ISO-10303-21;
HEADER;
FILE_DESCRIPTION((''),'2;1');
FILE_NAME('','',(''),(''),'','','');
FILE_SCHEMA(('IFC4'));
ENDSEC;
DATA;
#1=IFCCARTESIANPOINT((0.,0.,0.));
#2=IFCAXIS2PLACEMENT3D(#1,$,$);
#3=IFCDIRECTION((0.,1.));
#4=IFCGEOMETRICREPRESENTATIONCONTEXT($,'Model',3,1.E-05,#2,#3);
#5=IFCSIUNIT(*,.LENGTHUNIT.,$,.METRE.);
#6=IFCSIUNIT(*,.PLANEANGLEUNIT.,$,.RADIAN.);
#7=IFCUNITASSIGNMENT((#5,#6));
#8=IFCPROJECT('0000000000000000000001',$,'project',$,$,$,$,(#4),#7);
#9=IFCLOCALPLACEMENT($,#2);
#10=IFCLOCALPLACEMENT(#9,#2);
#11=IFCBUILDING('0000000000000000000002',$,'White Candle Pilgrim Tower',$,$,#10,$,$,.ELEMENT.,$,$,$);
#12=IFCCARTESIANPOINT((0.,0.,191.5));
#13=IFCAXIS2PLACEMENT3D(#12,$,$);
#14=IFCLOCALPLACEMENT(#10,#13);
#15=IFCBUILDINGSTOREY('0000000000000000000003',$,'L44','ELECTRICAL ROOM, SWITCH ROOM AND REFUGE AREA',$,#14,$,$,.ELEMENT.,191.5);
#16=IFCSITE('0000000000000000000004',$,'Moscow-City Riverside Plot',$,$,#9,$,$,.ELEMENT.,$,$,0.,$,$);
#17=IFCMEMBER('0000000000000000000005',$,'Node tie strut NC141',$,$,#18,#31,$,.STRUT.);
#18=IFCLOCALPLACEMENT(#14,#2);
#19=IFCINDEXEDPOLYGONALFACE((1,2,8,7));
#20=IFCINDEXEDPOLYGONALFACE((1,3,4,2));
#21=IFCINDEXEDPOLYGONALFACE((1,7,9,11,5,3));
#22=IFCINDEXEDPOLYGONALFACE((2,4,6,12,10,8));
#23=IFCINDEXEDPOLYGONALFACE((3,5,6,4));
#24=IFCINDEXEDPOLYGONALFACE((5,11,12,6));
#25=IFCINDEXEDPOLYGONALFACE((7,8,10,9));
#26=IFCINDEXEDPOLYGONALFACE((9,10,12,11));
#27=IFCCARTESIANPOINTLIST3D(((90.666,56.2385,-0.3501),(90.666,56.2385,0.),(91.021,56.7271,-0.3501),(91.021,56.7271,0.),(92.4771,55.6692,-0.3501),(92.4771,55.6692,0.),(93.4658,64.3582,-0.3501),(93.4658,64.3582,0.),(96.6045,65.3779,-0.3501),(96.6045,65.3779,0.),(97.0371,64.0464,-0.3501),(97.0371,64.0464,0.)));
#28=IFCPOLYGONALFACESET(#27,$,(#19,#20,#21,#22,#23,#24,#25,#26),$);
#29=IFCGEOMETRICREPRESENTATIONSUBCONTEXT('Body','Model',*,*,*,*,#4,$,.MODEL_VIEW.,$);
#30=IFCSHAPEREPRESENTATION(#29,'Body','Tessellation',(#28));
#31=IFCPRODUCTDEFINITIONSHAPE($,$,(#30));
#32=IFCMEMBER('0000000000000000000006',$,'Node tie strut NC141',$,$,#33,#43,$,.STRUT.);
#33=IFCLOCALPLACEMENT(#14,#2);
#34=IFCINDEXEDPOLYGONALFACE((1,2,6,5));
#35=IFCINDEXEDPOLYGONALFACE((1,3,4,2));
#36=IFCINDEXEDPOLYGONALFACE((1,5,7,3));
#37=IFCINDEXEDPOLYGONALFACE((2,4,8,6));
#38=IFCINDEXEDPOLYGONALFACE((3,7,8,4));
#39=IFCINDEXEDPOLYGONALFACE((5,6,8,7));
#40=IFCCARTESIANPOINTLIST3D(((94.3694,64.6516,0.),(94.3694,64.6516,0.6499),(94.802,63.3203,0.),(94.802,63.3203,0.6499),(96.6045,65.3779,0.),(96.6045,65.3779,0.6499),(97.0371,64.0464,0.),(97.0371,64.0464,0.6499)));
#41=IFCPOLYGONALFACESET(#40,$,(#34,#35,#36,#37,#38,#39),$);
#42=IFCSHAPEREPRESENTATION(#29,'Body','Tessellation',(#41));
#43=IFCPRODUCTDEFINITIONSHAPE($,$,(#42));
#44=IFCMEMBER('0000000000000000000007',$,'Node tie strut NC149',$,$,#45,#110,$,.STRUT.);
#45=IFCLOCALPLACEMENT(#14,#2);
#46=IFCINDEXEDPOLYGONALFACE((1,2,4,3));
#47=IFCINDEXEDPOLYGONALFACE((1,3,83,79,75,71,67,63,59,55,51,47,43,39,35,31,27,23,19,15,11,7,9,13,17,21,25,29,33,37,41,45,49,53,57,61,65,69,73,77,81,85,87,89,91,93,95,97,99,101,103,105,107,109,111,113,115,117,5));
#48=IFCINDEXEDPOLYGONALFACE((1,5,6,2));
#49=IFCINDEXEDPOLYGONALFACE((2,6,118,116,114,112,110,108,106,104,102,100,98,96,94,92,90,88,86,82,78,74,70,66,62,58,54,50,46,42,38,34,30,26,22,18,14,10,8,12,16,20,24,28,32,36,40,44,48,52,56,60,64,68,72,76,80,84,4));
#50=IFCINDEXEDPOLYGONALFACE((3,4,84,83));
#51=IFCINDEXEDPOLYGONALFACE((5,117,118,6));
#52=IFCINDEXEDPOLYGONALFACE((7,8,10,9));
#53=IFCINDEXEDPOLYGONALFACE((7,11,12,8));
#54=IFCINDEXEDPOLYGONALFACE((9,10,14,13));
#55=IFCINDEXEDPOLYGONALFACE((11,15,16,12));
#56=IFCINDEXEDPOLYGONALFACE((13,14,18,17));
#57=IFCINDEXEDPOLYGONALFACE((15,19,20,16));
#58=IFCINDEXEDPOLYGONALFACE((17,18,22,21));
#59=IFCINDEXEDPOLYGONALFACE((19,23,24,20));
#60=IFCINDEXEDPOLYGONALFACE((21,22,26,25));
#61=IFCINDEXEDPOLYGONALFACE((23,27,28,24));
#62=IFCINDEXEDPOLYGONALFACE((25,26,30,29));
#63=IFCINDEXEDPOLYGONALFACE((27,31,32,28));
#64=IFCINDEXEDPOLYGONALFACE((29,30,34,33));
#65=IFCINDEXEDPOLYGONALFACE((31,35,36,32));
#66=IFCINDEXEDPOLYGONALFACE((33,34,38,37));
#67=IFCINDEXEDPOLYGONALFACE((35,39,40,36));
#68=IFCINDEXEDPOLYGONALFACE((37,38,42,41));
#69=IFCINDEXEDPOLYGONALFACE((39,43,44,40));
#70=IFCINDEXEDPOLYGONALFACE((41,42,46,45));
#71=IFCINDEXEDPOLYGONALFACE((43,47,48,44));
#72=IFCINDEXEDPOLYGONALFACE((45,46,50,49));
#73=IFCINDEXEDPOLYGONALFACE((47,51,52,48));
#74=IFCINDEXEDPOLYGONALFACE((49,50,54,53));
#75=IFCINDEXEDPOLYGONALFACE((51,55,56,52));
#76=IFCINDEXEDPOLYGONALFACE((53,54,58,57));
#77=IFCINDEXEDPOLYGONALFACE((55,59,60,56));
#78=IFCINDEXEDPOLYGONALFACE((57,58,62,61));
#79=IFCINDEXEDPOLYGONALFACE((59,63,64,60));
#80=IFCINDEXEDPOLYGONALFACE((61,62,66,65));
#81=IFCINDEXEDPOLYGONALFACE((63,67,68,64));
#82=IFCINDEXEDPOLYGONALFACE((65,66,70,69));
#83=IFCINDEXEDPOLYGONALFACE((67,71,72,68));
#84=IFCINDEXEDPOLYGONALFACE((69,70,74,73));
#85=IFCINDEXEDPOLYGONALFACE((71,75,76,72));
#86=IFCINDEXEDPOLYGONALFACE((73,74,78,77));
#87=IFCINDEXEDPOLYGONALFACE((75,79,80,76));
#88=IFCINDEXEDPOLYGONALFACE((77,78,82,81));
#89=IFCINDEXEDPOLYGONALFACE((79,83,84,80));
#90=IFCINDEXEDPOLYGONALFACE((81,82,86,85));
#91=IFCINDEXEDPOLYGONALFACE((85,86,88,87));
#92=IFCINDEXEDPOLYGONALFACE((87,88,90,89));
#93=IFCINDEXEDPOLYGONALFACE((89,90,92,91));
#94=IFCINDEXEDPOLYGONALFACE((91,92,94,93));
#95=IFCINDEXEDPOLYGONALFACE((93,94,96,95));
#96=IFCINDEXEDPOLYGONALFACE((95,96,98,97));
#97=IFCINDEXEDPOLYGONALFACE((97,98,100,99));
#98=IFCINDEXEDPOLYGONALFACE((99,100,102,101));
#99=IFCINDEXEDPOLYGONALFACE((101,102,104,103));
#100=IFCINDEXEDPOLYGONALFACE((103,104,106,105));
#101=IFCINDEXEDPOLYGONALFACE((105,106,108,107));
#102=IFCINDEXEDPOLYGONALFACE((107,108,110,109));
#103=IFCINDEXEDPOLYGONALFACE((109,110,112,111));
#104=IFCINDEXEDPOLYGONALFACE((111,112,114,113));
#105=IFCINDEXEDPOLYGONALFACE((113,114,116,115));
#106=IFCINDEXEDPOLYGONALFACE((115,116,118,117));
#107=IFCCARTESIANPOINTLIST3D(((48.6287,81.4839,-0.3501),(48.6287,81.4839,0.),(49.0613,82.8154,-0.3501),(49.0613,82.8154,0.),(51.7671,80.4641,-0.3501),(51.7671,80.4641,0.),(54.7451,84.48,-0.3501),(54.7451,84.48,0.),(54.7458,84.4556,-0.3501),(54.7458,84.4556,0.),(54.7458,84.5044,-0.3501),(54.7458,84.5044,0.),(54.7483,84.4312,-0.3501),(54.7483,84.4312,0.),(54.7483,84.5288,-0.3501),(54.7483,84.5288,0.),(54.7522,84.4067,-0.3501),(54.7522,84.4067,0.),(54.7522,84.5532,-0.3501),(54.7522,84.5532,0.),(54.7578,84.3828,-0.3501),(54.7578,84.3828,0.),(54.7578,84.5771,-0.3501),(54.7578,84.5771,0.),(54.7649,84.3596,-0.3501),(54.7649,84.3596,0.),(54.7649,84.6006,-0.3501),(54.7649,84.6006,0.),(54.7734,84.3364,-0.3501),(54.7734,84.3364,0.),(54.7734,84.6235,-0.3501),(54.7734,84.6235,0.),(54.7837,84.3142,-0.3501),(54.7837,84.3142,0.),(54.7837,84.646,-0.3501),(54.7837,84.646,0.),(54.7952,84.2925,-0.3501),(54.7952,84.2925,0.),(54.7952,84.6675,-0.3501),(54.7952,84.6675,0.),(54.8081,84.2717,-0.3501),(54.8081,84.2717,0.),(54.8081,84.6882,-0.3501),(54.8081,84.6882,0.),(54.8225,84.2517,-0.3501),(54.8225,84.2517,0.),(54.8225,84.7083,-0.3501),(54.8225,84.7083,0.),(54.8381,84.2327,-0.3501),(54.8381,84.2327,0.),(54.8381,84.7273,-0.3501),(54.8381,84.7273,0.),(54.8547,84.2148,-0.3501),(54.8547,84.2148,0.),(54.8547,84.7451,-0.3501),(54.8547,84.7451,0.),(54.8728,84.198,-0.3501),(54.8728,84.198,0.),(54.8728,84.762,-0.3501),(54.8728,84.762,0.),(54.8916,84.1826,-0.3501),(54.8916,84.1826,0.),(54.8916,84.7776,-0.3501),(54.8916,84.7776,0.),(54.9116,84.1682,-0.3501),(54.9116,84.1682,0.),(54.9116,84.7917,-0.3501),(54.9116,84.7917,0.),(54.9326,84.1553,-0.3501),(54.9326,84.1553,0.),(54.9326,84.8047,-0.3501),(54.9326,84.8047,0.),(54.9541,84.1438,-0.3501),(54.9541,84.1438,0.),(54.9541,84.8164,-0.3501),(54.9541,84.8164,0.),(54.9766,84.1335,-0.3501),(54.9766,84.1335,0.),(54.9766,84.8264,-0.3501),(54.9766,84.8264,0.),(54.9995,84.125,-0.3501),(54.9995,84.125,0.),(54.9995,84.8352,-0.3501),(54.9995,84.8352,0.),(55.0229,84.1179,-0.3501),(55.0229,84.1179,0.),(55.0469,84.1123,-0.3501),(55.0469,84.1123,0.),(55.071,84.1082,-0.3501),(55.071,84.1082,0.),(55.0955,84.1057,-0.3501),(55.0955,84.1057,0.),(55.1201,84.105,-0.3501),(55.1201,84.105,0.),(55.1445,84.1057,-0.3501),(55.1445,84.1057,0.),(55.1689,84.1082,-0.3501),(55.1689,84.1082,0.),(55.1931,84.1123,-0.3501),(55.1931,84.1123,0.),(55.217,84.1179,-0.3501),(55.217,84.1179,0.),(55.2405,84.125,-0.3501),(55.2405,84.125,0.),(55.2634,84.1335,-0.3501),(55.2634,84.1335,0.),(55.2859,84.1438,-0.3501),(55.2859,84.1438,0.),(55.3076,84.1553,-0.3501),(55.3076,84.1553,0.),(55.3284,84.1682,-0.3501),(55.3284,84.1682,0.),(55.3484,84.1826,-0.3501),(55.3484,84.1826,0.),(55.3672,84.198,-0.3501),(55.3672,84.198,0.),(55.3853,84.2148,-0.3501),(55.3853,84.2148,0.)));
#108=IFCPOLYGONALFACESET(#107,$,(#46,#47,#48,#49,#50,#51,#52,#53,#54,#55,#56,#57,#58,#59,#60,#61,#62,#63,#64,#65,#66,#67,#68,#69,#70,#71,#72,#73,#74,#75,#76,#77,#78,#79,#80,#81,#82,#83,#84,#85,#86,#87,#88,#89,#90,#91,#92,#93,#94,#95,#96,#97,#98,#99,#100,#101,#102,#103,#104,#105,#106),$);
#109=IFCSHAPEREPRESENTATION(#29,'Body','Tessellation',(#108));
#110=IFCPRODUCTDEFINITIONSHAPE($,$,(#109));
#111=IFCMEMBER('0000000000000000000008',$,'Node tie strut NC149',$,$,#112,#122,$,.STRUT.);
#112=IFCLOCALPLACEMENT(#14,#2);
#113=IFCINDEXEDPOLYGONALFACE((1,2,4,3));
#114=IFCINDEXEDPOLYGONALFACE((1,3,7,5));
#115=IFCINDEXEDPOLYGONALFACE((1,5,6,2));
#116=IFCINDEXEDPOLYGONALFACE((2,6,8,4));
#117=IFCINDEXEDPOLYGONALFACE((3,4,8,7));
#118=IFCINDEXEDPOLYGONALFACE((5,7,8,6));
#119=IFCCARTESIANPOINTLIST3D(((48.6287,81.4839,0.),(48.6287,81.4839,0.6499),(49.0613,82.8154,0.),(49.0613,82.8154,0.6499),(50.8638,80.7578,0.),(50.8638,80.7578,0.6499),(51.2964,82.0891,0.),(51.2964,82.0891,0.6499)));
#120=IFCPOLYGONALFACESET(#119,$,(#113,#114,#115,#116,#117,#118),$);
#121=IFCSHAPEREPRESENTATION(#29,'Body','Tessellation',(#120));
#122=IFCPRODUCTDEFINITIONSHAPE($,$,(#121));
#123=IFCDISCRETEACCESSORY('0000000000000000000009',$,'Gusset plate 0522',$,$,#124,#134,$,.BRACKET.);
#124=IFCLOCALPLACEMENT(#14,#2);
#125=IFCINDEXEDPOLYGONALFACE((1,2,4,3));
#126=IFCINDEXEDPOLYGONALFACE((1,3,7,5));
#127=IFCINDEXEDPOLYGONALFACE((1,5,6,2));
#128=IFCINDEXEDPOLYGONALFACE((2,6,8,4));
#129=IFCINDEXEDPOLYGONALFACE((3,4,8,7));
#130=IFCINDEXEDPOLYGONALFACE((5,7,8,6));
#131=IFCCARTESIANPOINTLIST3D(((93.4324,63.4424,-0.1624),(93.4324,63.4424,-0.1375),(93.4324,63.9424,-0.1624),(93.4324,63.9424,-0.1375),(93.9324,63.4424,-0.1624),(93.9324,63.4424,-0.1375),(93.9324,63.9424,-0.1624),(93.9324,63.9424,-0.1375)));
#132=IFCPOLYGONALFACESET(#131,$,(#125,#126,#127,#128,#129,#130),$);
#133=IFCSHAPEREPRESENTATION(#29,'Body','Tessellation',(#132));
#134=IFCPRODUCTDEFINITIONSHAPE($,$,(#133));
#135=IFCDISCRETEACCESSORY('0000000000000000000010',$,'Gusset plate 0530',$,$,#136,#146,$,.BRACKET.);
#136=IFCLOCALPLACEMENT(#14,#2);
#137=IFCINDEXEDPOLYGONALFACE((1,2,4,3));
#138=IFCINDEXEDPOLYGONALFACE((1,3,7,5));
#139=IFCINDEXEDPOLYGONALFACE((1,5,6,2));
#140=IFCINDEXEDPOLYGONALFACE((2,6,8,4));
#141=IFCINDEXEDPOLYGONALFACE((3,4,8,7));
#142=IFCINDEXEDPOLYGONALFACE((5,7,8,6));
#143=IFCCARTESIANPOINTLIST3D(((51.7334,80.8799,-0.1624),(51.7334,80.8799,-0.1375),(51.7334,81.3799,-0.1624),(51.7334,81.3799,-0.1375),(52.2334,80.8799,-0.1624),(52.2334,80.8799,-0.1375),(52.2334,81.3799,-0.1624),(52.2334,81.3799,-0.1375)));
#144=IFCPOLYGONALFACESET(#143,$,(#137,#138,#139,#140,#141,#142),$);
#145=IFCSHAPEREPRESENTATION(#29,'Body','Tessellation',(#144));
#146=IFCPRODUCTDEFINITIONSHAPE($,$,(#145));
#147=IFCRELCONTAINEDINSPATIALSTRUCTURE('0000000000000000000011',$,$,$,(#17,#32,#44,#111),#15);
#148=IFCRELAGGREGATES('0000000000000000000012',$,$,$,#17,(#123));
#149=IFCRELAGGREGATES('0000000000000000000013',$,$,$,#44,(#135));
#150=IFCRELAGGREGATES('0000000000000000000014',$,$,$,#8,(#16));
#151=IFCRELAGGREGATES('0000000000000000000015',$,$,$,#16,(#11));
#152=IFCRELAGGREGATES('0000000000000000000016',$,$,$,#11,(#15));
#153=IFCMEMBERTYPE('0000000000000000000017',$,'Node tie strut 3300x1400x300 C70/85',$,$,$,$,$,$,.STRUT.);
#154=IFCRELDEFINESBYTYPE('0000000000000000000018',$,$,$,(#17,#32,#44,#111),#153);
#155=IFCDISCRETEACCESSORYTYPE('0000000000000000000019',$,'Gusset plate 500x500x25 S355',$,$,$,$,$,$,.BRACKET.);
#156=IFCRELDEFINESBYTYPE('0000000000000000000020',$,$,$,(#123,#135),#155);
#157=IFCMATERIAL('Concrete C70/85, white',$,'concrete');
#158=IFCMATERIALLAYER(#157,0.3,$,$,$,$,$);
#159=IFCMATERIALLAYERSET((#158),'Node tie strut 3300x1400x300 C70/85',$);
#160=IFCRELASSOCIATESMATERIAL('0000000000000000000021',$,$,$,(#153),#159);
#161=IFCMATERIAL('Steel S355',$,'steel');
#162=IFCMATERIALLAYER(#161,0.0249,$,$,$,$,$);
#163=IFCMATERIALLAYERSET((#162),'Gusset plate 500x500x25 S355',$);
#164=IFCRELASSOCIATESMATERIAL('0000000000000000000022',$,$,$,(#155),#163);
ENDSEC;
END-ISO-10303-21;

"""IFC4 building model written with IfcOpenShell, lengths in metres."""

from ifc_helpers import new_model, si_unit, direction, frame, origin, origin_2d, place, context, subcontext, project, spatial, polyline, rectangle, outline, extrude, material, layer, layer_set, type_object, element, aggregate, save


model = new_model("IFC4")

# Units and contexts
model_context = context("Model", 3, precision=1e-05, world=origin(), true_north=direction((0.0, 1.0)))
body_context = subcontext(model_context, "Body", "Model", "MODEL_VIEW")
ifc_project = project(units=[si_unit("LENGTHUNIT", "METRE"), si_unit("PLANEANGLEUNIT", "RADIAN")], contexts=[model_context])

# Site, building, storey
site_placement = place(None, origin())
site = spatial("IfcSite", under=ifc_project, at=site_placement, Name="Moscow-City Riverside Plot", CompositionType="ELEMENT", RefElevation=0.0)
building_placement = place(site_placement, origin())
building = spatial("IfcBuilding", under=site, at=building_placement, Name="White Candle Pilgrim Tower", CompositionType="ELEMENT")
storey_placement = place(building_placement, frame((0.0, 0.0, 191.5)))
storey = spatial("IfcBuildingStorey", under=building, at=storey_placement, Name="L44", Description="ELECTRICAL ROOM, SWITCH ROOM AND REFUGE AREA", CompositionType="ELEMENT", Elevation=191.5)

# Members
ifc_material_1 = material(Name="Concrete C70/85, white", Category="concrete")
ifc_layer_1 = layer(ifc_material_1, 0.3)
ifc_layer_set_1 = layer_set([ifc_layer_1], Name="Node tie strut 3300x1400x300 C70/85")
member_type_1 = type_object("IfcMemberType", Name="Node tie strut 3300x1400x300 C70/85", PredefinedType="STRUT", material=ifc_layer_set_1)
member_1_placement = place(storey_placement, frame((0.0, 0.0, -0.3501)))
member_1 = element("IfcMember", 1, at=member_1_placement, inside=storey, type_object=member_type_1, Name="Node tie strut NC141", PredefinedType="STRUT", context=body_context, shape_type="SweptSolid", body=[
    extrude(outline(polyline([(92.4771, 55.6692), (97.0371, 64.0464), (96.6045, 65.3779), (93.4658, 64.3582), (90.666, 56.2385), (91.021, 56.7271), (92.4771, 55.6692)])), origin(), (0.0, 0.0, 1.0), 0.3501),
])
member_2_placement = place(storey_placement, origin())
element("IfcMember", 2, at=member_2_placement, inside=storey, type_object=member_type_1, Name="Node tie strut NC141", PredefinedType="STRUT", context=body_context, shape_type="SweptSolid", body=[
    extrude(outline(polyline([(94.802, 63.3203), (97.0371, 64.0464), (96.6045, 65.3779), (94.3694, 64.6516), (94.802, 63.3203)])), origin(), (0.0, 0.0, 1.0), 0.6499),
])
member_3_placement = place(storey_placement, frame((0.0, 0.0, -0.3501)))
member_3 = element("IfcMember", 3, at=member_3_placement, inside=storey, type_object=member_type_1, Name="Node tie strut NC149", PredefinedType="STRUT", context=body_context, shape_type="SweptSolid", body=[
    extrude(outline(polyline([(51.7671, 80.4641), (55.3853, 84.2148), (55.3672, 84.198), (55.3484, 84.1826), (55.3284, 84.1682), (55.3076, 84.1553), (55.2859, 84.1438), (55.2634, 84.1335), (55.2405, 84.125), (55.217, 84.1179), (55.1931, 84.1123), (55.1689, 84.1082), (55.1445, 84.1057), (55.1201, 84.105), (55.0955, 84.1057), (55.071, 84.1082), (55.0469, 84.1123), (55.0229, 84.1179), (54.9995, 84.125), (54.9766, 84.1335), (54.9541, 84.1438), (54.9326, 84.1553), (54.9116, 84.1682), (54.8916, 84.1826), (54.8728, 84.198), (54.8547, 84.2148), (54.8381, 84.2327), (54.8225, 84.2517), (54.8081, 84.2717), (54.7952, 84.2925), (54.7837, 84.3142), (54.7734, 84.3364), (54.7649, 84.3596), (54.7578, 84.3828), (54.7522, 84.4067), (54.7483, 84.4312), (54.7458, 84.4556), (54.7451, 84.48), (54.7458, 84.5044), (54.7483, 84.5288), (54.7522, 84.5532), (54.7578, 84.5771), (54.7649, 84.6006), (54.7734, 84.6235), (54.7837, 84.646), (54.7952, 84.6675), (54.8081, 84.6882), (54.8225, 84.7083), (54.8381, 84.7273), (54.8547, 84.7451), (54.8728, 84.762), (54.8916, 84.7776), (54.9116, 84.7917), (54.9326, 84.8047), (54.9541, 84.8164), (54.9766, 84.8264), (54.9995, 84.8352), (49.0613, 82.8154), (48.6287, 81.4839), (51.7671, 80.4641)])), origin(), (0.0, 0.0, 1.0), 0.3501),
])
member_4_placement = place(storey_placement, origin())
element("IfcMember", 4, at=member_4_placement, inside=storey, type_object=member_type_1, Name="Node tie strut NC149", PredefinedType="STRUT", context=body_context, shape_type="SweptSolid", body=[
    extrude(outline(polyline([(50.8638, 80.7578), (51.2964, 82.0891), (49.0613, 82.8154), (48.6287, 81.4839), (50.8638, 80.7578)])), origin(), (0.0, 0.0, 1.0), 0.6499),
])

# Discrete accessories
ifc_material_2 = material(Name="Steel S355", Category="steel")
ifc_layer_2 = layer(ifc_material_2, 0.0249)
ifc_layer_set_2 = layer_set([ifc_layer_2], Name="Gusset plate 500x500x25 S355")
discrete_accessory_type = type_object("IfcDiscreteAccessoryType", Name="Gusset plate 500x500x25 S355", PredefinedType="BRACKET", material=ifc_layer_set_2)
discrete_accessory_1_placement = place(storey_placement, frame((93.6824, 63.6924, -0.1624), z_axis=(0.0, 0.0, 1.0), x_axis=(1.0, 0.0, 0.0)))
discrete_accessory_1 = element("IfcDiscreteAccessory", 5, at=discrete_accessory_1_placement, type_object=discrete_accessory_type, Name="Gusset plate 0522", PredefinedType="BRACKET", context=body_context, shape_type="SweptSolid", body=[
    extrude(rectangle(XDim=0.5, YDim=0.5, at=origin_2d()), origin(), (0.0, 0.0, 1.0), 0.0249),
])
aggregate(member_1, [discrete_accessory_1])
discrete_accessory_2_placement = place(storey_placement, frame((51.9834, 81.1299, -0.1624), z_axis=(0.0, 0.0, 1.0), x_axis=(1.0, 0.0, 0.0)))
discrete_accessory_2 = element("IfcDiscreteAccessory", 6, at=discrete_accessory_2_placement, type_object=discrete_accessory_type, Name="Gusset plate 0530", PredefinedType="BRACKET", context=body_context, shape_type="SweptSolid", body=[
    extrude(rectangle(XDim=0.5, YDim=0.5, at=origin_2d()), origin(), (0.0, 0.0, 1.0), 0.0249),
])
aggregate(member_3, [discrete_accessory_2])

save(model, "model.ifc")
